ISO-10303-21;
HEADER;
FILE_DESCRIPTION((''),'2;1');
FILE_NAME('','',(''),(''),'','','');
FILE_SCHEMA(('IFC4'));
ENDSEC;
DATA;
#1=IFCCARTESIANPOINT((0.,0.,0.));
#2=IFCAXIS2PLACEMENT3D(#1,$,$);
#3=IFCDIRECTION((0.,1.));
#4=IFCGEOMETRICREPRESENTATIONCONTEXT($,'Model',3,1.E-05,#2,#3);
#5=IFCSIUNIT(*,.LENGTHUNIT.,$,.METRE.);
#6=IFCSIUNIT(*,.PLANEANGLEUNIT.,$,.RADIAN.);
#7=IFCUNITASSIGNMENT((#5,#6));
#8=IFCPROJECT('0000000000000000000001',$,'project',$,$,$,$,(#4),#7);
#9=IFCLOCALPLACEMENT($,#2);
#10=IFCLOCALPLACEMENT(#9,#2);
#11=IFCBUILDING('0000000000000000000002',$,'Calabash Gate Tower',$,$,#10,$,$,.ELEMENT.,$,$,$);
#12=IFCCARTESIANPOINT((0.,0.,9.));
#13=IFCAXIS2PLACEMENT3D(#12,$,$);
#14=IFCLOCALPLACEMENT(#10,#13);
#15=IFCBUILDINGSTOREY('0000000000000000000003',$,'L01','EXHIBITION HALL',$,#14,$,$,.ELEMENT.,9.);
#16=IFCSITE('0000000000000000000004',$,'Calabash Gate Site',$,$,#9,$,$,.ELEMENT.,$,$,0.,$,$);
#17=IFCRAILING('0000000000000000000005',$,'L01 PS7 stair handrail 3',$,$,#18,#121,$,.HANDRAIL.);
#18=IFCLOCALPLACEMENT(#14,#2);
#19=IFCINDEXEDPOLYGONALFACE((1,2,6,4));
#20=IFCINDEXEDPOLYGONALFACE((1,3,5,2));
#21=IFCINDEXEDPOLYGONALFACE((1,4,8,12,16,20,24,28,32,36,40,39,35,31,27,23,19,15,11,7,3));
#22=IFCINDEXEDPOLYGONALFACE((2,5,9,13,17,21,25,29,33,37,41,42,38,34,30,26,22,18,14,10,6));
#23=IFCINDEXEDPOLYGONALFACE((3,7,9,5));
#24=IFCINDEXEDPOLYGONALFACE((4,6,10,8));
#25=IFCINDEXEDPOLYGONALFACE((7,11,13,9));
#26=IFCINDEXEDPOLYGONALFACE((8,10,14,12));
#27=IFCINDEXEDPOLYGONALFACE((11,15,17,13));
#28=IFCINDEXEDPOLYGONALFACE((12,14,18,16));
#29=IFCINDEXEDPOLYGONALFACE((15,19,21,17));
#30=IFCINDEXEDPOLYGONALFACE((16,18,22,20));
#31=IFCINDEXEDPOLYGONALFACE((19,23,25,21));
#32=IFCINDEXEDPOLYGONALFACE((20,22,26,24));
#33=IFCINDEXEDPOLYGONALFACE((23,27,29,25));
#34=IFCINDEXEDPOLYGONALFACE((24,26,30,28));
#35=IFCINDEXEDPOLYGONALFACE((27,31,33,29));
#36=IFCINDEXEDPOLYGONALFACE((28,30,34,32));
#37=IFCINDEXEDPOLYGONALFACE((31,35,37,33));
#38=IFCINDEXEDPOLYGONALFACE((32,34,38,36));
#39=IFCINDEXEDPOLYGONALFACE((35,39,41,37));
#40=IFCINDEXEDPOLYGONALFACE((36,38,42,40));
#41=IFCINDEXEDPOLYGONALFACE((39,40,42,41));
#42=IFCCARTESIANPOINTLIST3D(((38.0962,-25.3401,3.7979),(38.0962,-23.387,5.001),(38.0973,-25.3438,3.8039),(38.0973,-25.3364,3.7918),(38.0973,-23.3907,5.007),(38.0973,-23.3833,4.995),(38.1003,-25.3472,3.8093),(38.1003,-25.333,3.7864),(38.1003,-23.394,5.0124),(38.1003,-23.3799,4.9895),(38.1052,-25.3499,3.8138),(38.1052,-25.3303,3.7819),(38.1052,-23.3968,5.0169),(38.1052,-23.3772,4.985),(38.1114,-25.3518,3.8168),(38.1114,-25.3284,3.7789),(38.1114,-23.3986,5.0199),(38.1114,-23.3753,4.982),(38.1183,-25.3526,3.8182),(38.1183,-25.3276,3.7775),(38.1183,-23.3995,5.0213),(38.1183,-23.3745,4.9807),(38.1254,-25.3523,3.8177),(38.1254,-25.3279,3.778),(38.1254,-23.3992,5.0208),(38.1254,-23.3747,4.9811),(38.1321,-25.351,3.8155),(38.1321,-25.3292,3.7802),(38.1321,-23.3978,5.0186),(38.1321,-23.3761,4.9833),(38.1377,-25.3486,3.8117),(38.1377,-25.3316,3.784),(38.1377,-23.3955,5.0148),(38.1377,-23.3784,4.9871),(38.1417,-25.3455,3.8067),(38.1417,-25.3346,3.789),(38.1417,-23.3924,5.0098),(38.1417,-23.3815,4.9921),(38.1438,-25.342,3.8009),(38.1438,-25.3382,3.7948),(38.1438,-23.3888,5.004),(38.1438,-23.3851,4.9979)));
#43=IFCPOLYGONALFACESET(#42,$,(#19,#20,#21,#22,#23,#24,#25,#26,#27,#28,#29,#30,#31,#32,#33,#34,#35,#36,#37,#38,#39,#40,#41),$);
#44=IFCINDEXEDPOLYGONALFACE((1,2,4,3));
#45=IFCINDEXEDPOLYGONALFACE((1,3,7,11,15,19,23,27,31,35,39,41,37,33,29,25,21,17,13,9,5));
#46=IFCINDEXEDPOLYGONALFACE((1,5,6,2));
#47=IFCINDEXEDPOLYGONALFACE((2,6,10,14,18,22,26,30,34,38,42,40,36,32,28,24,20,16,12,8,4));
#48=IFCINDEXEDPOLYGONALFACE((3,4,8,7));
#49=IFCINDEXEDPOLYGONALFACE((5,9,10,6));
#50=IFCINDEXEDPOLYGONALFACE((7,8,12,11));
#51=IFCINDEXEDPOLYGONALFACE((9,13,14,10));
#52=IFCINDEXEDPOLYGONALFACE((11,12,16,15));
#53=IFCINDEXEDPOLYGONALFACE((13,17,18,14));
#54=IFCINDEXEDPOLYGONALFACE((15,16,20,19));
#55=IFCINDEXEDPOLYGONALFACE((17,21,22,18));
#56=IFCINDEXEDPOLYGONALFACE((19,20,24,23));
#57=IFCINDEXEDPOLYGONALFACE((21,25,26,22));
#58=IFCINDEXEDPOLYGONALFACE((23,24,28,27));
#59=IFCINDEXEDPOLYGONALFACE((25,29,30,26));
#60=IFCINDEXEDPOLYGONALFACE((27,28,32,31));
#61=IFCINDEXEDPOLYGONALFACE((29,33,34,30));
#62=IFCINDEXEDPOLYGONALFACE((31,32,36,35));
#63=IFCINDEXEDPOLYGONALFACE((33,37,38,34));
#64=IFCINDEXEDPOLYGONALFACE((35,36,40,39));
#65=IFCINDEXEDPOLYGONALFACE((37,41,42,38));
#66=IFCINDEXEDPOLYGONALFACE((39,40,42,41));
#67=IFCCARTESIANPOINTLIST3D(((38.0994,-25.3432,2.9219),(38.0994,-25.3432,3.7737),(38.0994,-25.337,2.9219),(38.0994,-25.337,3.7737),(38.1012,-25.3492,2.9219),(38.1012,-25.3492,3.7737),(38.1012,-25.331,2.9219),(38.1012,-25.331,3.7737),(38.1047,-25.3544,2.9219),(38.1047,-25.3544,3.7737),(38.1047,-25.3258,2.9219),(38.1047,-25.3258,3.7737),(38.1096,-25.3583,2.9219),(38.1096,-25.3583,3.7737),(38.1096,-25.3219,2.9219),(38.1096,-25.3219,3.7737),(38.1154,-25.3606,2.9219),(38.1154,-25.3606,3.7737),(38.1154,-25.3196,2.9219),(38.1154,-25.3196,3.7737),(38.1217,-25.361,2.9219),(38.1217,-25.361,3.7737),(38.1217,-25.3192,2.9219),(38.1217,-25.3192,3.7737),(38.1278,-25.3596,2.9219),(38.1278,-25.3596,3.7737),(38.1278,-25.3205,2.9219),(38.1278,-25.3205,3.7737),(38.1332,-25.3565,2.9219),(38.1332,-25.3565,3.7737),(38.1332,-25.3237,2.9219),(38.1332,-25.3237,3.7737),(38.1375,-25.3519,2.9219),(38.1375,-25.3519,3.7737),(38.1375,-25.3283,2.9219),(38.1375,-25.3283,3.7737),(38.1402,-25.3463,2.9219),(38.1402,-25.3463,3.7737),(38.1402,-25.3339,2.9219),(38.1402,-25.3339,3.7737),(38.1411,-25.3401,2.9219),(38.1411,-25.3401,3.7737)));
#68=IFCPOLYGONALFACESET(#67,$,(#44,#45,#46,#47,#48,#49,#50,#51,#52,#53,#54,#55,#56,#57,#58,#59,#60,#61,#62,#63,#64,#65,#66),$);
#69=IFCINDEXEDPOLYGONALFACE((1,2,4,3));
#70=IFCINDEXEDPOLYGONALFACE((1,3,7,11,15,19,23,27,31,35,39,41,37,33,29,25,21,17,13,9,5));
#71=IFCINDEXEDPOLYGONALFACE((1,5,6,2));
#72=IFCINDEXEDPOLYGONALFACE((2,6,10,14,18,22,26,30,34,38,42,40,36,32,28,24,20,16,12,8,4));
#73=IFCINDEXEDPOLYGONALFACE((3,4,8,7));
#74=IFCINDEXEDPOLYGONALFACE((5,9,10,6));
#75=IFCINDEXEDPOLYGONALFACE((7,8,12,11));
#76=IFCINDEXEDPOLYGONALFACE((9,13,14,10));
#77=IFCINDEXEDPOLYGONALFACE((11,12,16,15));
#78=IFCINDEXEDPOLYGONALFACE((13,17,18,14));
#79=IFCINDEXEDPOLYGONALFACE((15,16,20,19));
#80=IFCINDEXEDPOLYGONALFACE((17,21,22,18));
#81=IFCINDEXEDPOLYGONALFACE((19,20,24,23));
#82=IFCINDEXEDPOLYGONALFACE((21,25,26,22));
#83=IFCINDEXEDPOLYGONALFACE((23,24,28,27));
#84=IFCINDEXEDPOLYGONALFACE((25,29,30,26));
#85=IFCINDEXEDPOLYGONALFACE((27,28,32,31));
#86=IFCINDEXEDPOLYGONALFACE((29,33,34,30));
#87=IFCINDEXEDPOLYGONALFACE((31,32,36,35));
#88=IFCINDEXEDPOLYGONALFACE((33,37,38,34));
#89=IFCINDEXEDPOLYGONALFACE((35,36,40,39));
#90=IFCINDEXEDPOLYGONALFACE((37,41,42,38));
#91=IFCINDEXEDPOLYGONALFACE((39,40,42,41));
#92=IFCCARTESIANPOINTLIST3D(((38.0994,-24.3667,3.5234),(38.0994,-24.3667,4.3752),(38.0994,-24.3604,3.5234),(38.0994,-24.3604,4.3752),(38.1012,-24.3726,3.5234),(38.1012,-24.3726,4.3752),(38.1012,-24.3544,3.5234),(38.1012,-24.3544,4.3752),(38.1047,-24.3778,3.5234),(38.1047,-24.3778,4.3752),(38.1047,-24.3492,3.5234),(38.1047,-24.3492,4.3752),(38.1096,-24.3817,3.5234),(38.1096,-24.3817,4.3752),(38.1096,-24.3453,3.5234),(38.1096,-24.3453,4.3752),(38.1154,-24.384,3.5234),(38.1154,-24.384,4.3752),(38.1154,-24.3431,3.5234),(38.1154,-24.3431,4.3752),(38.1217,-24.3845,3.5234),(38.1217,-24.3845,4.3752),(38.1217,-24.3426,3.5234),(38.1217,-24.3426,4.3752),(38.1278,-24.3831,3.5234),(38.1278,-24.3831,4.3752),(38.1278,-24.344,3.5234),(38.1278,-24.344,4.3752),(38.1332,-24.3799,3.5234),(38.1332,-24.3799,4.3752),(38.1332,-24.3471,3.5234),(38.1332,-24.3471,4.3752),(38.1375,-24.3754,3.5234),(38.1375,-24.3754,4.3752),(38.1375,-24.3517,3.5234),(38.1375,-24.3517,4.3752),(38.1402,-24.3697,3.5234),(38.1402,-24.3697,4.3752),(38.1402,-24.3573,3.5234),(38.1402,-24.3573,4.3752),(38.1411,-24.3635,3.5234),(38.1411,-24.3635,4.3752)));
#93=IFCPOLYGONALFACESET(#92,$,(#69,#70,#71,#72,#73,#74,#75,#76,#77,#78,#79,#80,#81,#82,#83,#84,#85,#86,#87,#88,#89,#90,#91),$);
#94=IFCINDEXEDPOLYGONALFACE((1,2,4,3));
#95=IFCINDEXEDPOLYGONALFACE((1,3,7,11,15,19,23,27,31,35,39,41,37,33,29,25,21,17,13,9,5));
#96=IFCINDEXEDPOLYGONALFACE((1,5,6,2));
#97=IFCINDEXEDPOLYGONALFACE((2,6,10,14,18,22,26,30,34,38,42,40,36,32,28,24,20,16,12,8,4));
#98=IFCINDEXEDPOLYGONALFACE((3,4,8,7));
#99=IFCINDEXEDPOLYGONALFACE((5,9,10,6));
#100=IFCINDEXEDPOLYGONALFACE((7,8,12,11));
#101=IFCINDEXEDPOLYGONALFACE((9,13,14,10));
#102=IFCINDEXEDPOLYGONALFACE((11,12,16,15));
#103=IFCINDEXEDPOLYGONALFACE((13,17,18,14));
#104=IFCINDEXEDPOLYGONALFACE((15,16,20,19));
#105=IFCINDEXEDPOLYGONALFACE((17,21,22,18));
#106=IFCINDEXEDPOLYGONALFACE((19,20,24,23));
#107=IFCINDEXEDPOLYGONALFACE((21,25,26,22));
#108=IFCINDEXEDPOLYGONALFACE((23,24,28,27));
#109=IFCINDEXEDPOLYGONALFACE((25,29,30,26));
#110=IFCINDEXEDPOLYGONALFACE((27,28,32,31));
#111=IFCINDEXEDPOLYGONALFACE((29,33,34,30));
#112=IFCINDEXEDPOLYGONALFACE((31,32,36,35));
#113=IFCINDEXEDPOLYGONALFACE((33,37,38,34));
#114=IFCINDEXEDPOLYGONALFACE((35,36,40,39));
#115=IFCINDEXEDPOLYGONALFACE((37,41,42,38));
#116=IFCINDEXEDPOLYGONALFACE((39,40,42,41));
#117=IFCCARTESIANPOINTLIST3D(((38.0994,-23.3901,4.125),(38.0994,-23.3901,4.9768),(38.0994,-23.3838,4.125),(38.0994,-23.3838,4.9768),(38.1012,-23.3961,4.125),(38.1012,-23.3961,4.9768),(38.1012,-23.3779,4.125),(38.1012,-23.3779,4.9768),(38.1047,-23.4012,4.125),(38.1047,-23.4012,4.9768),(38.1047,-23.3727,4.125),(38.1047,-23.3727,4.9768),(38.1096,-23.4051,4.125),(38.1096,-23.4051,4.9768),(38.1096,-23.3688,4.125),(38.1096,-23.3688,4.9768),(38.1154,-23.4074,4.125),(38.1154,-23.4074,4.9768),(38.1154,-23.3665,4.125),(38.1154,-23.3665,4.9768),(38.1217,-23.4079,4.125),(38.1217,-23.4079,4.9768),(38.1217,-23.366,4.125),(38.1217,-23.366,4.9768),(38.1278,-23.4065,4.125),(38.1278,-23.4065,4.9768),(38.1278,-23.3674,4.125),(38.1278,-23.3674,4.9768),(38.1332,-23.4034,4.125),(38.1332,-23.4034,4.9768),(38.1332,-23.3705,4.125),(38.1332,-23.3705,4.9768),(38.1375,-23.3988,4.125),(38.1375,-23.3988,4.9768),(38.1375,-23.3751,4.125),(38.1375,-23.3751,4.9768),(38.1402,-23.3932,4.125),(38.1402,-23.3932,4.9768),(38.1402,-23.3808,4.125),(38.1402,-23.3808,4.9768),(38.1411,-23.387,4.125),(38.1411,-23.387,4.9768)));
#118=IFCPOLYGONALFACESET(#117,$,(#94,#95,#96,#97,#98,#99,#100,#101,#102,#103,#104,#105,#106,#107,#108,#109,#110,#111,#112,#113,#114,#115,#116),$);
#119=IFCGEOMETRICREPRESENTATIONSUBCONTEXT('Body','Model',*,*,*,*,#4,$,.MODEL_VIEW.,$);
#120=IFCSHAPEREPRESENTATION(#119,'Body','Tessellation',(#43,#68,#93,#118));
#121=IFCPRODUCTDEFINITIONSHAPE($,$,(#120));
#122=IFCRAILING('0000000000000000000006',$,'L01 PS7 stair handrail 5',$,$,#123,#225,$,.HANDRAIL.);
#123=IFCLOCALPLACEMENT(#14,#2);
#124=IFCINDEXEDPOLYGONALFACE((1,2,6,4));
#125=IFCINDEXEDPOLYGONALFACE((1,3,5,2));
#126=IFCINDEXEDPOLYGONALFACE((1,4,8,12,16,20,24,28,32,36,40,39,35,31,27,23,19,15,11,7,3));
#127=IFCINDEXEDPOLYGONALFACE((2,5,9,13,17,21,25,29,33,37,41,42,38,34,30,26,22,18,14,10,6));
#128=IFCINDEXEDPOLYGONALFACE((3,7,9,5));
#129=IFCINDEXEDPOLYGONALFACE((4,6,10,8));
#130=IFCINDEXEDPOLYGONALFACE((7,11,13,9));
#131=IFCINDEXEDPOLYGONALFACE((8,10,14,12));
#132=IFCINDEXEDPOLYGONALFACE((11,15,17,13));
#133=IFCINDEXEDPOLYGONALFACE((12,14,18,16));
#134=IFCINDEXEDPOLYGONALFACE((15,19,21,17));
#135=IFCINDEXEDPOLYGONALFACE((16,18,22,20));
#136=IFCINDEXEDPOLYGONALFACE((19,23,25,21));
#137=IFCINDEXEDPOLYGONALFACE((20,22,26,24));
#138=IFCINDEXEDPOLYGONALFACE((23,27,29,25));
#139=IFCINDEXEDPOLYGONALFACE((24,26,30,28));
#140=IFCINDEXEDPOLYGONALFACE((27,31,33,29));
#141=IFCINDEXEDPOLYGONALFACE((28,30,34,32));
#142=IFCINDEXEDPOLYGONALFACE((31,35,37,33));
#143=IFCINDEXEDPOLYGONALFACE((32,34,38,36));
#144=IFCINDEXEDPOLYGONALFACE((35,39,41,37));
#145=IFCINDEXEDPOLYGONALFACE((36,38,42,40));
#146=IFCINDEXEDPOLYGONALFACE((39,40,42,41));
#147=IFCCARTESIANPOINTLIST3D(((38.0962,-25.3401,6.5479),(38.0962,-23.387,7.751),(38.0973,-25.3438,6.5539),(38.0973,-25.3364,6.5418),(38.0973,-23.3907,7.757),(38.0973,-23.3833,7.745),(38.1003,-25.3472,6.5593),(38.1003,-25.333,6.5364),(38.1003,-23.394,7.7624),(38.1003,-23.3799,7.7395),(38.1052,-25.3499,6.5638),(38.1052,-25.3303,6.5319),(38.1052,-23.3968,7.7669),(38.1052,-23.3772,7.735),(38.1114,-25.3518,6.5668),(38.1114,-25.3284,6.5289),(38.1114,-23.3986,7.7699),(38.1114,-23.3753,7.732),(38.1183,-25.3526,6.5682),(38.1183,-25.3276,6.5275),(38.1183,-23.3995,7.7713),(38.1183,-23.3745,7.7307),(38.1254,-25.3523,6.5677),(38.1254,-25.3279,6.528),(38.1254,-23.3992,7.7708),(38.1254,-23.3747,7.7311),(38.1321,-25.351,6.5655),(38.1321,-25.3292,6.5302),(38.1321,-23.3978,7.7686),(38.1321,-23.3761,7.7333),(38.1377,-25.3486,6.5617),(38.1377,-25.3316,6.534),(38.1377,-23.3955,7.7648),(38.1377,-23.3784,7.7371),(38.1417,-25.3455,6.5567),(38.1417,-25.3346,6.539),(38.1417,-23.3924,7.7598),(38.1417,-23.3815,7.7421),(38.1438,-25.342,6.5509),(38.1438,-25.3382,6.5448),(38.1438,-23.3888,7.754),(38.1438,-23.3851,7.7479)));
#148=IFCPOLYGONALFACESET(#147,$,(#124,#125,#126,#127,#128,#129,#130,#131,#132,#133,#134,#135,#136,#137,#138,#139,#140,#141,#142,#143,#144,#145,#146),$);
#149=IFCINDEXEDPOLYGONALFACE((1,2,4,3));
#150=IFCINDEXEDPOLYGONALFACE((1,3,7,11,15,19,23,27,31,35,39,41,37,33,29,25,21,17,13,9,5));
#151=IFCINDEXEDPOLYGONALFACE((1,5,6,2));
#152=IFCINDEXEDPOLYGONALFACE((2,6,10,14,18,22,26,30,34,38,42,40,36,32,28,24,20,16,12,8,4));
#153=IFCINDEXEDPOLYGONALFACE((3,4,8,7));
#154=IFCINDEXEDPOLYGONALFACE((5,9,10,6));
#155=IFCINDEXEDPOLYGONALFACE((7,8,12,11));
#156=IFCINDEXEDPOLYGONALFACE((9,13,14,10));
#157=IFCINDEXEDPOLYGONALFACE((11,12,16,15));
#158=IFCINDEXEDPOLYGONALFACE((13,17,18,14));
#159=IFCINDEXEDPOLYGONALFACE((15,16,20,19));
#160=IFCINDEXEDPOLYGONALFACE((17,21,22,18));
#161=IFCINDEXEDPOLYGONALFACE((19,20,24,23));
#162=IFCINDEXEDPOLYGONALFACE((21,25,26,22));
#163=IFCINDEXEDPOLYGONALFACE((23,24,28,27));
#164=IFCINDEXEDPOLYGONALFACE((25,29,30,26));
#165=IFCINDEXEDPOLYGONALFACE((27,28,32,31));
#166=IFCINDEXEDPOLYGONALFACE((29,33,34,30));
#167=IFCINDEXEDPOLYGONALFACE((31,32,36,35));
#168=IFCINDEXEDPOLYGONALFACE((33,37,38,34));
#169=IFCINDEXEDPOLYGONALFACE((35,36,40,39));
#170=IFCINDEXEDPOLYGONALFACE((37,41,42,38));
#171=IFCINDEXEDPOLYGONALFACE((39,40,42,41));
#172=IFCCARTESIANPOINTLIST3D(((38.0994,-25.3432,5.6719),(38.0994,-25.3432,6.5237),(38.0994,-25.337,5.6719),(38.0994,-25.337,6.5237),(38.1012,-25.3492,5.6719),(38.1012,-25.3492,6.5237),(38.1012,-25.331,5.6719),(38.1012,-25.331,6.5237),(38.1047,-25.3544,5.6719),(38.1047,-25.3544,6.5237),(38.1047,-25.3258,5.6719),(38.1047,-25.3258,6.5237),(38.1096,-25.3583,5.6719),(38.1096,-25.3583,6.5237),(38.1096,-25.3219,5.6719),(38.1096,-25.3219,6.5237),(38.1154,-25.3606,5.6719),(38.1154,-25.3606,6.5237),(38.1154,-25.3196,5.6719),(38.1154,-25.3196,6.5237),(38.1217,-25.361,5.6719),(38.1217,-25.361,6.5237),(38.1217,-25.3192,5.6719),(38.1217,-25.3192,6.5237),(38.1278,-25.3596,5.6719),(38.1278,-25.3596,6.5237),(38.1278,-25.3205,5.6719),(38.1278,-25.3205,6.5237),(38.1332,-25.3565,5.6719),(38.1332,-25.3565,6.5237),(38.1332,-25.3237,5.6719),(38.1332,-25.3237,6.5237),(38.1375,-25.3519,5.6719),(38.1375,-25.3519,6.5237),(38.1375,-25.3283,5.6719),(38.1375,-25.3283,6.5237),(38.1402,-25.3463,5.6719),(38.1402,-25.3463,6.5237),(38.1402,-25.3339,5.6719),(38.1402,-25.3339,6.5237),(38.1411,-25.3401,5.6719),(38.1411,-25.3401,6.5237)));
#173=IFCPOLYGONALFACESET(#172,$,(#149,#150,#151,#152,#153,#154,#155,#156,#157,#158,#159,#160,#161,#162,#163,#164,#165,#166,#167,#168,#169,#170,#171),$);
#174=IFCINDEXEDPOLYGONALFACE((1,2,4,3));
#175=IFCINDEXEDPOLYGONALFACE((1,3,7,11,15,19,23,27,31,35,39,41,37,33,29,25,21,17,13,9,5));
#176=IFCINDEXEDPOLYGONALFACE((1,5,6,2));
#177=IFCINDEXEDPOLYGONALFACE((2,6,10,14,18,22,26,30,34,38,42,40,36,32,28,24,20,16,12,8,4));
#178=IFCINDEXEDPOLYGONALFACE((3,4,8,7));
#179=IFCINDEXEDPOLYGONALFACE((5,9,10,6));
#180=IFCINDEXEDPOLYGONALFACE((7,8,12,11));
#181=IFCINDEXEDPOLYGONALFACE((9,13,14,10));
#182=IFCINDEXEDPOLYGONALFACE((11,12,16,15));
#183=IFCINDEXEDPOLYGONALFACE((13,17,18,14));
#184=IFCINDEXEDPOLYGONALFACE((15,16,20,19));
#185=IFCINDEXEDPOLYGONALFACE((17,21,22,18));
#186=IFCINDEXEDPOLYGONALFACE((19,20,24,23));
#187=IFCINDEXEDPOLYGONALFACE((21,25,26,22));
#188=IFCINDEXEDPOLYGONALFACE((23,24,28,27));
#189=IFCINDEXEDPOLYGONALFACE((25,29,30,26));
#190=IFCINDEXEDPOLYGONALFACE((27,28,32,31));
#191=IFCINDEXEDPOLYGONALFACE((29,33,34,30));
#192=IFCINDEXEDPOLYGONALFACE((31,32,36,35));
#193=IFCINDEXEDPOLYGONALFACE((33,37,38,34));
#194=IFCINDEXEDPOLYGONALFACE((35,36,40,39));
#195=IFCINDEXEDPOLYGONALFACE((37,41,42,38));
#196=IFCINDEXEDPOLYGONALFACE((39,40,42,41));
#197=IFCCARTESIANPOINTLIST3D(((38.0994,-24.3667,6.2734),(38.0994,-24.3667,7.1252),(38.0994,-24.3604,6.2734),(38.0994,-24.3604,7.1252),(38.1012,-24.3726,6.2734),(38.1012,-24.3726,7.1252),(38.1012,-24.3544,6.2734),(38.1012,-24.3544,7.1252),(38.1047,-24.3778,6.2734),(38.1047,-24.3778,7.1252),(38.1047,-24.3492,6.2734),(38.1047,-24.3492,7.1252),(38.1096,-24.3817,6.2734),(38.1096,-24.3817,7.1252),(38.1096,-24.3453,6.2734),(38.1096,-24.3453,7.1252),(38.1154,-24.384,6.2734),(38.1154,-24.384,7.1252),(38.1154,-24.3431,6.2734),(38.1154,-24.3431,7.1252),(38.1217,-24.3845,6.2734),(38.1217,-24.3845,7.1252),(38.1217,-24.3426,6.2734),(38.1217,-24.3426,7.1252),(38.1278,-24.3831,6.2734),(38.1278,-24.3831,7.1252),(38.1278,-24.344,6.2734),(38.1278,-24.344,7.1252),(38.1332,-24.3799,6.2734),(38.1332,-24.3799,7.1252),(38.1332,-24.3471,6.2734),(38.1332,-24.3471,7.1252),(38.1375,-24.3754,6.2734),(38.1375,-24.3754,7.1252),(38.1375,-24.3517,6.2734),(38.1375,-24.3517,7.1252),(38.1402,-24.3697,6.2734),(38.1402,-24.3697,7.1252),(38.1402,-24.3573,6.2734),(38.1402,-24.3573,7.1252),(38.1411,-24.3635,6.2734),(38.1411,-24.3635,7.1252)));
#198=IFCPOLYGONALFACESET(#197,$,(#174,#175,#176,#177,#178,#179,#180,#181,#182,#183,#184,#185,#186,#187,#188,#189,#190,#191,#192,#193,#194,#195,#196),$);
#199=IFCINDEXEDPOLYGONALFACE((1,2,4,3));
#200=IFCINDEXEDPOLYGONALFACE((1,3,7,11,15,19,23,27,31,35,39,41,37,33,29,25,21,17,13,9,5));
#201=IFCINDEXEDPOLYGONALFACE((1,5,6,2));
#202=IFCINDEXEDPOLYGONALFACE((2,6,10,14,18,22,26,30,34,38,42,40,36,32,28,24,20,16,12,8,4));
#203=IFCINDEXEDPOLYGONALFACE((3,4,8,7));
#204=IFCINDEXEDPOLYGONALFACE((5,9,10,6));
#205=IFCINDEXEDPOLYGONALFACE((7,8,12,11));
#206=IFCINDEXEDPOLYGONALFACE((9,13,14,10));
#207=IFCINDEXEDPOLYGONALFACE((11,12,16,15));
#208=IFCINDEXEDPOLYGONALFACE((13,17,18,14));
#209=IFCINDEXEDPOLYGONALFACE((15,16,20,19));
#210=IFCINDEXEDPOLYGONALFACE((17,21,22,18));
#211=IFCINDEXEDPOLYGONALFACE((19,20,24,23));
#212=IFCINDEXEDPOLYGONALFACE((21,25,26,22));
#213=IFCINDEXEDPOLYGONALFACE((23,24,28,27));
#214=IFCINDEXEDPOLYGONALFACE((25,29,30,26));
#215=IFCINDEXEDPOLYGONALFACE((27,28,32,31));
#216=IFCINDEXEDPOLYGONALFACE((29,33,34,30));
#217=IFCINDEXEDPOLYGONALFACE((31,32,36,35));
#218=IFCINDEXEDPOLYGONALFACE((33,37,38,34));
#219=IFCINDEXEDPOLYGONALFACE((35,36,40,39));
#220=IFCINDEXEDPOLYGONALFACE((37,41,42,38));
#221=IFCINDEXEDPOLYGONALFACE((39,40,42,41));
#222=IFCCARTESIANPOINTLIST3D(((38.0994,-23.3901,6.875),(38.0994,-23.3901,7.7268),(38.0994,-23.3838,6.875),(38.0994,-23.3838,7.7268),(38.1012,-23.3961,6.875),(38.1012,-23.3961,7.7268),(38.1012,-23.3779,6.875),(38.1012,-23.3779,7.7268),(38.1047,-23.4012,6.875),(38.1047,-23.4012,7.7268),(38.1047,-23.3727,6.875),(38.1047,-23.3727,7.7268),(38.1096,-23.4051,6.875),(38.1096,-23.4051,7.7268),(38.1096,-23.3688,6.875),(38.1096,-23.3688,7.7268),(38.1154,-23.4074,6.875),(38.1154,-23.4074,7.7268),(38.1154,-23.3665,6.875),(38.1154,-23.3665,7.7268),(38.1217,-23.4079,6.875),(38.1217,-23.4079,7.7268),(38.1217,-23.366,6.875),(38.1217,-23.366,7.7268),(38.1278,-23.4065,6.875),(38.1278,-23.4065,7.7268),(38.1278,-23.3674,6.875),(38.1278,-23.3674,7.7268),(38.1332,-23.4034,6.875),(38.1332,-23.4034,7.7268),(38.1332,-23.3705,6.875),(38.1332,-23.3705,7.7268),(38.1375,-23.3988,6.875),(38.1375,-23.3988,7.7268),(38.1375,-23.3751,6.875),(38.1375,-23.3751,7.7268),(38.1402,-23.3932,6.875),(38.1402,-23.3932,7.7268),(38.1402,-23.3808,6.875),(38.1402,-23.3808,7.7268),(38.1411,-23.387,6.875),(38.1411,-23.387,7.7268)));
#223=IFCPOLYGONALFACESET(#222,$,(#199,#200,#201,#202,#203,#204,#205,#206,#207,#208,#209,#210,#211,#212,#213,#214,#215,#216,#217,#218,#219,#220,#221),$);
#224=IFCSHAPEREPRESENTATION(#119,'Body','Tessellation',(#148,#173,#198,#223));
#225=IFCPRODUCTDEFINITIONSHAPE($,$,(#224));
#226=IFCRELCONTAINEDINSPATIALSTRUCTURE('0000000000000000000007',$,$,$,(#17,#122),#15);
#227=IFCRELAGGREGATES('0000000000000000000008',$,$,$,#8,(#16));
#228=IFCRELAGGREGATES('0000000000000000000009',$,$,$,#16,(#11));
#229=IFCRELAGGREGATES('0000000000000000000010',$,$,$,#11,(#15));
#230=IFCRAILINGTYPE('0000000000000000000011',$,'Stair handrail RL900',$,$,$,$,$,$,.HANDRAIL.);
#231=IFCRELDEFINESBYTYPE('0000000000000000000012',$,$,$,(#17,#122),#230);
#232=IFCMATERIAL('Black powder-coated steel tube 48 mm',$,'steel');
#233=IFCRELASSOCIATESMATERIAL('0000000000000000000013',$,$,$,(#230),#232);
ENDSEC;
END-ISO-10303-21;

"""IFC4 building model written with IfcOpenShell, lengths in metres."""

from ifc_helpers import new_model, si_unit, direction, frame, origin, origin_2d, place, context, subcontext, project, spatial, circle, extrude, material, type_object, element, save


model = new_model("IFC4")

# Units and contexts
model_context = context("Model", 3, precision=1e-05, world=origin(), true_north=direction((0.0, 1.0)))
body_context = subcontext(model_context, "Body", "Model", "MODEL_VIEW")
ifc_project = project(units=[si_unit("LENGTHUNIT", "METRE"), si_unit("PLANEANGLEUNIT", "RADIAN")], contexts=[model_context])

# Site, building, storey
site_placement = place(None, origin())
site = spatial("IfcSite", under=ifc_project, at=site_placement, Name="Calabash Gate Site", CompositionType="ELEMENT", RefElevation=0.0)
building_placement = place(site_placement, origin())
building = spatial("IfcBuilding", under=site, at=building_placement, Name="Calabash Gate Tower", CompositionType="ELEMENT")
storey_placement = place(building_placement, frame((0.0, 0.0, 9.0)))
storey = spatial("IfcBuildingStorey", under=building, at=storey_placement, Name="L01", Description="EXHIBITION HALL", CompositionType="ELEMENT", Elevation=9.0)

# Railings
ifc_material_1 = material(Name="Black powder-coated steel tube 48 mm", Category="steel")
railing_type_1 = type_object("IfcRailingType", Name="Stair handrail RL900", PredefinedType="HANDRAIL", material=ifc_material_1)
for number, where, name in (
    (1, (38.1201, -25.3401, 2.9219), "L01 PS7 stair handrail 3"),
    (2, (38.1201, -25.3401, 5.6719), "L01 PS7 stair handrail 5"),
):
    element("IfcRailing", number, at=place(storey_placement, frame(where)), inside=storey, type_object=railing_type_1, Name=name, PredefinedType="HANDRAIL", context=body_context, shape_type="SweptSolid", body=[
        extrude(circle(Radius=0.0239, at=origin_2d()), frame((0.0, 0.0, 0.876), z_axis=(0.0, 0.851424, 0.524477), x_axis=(-1.0, 0.0, 0.0)), (0.0, 0.0, 1.0), 2.2939),
        extrude(circle(Radius=0.021, at=origin_2d()), origin(), (0.0, 0.0, 1.0), 0.8518),
        extrude(circle(Radius=0.021, at=origin_2d()), frame((0.0, 0.9766, 0.6016)), (0.0, 0.0, 1.0), 0.8518),
        extrude(circle(Radius=0.021, at=origin_2d()), frame((0.0, 1.9531, 1.2031)), (0.0, 0.0, 1.0), 0.8518),
    ])

save(model, "model.ifc")
